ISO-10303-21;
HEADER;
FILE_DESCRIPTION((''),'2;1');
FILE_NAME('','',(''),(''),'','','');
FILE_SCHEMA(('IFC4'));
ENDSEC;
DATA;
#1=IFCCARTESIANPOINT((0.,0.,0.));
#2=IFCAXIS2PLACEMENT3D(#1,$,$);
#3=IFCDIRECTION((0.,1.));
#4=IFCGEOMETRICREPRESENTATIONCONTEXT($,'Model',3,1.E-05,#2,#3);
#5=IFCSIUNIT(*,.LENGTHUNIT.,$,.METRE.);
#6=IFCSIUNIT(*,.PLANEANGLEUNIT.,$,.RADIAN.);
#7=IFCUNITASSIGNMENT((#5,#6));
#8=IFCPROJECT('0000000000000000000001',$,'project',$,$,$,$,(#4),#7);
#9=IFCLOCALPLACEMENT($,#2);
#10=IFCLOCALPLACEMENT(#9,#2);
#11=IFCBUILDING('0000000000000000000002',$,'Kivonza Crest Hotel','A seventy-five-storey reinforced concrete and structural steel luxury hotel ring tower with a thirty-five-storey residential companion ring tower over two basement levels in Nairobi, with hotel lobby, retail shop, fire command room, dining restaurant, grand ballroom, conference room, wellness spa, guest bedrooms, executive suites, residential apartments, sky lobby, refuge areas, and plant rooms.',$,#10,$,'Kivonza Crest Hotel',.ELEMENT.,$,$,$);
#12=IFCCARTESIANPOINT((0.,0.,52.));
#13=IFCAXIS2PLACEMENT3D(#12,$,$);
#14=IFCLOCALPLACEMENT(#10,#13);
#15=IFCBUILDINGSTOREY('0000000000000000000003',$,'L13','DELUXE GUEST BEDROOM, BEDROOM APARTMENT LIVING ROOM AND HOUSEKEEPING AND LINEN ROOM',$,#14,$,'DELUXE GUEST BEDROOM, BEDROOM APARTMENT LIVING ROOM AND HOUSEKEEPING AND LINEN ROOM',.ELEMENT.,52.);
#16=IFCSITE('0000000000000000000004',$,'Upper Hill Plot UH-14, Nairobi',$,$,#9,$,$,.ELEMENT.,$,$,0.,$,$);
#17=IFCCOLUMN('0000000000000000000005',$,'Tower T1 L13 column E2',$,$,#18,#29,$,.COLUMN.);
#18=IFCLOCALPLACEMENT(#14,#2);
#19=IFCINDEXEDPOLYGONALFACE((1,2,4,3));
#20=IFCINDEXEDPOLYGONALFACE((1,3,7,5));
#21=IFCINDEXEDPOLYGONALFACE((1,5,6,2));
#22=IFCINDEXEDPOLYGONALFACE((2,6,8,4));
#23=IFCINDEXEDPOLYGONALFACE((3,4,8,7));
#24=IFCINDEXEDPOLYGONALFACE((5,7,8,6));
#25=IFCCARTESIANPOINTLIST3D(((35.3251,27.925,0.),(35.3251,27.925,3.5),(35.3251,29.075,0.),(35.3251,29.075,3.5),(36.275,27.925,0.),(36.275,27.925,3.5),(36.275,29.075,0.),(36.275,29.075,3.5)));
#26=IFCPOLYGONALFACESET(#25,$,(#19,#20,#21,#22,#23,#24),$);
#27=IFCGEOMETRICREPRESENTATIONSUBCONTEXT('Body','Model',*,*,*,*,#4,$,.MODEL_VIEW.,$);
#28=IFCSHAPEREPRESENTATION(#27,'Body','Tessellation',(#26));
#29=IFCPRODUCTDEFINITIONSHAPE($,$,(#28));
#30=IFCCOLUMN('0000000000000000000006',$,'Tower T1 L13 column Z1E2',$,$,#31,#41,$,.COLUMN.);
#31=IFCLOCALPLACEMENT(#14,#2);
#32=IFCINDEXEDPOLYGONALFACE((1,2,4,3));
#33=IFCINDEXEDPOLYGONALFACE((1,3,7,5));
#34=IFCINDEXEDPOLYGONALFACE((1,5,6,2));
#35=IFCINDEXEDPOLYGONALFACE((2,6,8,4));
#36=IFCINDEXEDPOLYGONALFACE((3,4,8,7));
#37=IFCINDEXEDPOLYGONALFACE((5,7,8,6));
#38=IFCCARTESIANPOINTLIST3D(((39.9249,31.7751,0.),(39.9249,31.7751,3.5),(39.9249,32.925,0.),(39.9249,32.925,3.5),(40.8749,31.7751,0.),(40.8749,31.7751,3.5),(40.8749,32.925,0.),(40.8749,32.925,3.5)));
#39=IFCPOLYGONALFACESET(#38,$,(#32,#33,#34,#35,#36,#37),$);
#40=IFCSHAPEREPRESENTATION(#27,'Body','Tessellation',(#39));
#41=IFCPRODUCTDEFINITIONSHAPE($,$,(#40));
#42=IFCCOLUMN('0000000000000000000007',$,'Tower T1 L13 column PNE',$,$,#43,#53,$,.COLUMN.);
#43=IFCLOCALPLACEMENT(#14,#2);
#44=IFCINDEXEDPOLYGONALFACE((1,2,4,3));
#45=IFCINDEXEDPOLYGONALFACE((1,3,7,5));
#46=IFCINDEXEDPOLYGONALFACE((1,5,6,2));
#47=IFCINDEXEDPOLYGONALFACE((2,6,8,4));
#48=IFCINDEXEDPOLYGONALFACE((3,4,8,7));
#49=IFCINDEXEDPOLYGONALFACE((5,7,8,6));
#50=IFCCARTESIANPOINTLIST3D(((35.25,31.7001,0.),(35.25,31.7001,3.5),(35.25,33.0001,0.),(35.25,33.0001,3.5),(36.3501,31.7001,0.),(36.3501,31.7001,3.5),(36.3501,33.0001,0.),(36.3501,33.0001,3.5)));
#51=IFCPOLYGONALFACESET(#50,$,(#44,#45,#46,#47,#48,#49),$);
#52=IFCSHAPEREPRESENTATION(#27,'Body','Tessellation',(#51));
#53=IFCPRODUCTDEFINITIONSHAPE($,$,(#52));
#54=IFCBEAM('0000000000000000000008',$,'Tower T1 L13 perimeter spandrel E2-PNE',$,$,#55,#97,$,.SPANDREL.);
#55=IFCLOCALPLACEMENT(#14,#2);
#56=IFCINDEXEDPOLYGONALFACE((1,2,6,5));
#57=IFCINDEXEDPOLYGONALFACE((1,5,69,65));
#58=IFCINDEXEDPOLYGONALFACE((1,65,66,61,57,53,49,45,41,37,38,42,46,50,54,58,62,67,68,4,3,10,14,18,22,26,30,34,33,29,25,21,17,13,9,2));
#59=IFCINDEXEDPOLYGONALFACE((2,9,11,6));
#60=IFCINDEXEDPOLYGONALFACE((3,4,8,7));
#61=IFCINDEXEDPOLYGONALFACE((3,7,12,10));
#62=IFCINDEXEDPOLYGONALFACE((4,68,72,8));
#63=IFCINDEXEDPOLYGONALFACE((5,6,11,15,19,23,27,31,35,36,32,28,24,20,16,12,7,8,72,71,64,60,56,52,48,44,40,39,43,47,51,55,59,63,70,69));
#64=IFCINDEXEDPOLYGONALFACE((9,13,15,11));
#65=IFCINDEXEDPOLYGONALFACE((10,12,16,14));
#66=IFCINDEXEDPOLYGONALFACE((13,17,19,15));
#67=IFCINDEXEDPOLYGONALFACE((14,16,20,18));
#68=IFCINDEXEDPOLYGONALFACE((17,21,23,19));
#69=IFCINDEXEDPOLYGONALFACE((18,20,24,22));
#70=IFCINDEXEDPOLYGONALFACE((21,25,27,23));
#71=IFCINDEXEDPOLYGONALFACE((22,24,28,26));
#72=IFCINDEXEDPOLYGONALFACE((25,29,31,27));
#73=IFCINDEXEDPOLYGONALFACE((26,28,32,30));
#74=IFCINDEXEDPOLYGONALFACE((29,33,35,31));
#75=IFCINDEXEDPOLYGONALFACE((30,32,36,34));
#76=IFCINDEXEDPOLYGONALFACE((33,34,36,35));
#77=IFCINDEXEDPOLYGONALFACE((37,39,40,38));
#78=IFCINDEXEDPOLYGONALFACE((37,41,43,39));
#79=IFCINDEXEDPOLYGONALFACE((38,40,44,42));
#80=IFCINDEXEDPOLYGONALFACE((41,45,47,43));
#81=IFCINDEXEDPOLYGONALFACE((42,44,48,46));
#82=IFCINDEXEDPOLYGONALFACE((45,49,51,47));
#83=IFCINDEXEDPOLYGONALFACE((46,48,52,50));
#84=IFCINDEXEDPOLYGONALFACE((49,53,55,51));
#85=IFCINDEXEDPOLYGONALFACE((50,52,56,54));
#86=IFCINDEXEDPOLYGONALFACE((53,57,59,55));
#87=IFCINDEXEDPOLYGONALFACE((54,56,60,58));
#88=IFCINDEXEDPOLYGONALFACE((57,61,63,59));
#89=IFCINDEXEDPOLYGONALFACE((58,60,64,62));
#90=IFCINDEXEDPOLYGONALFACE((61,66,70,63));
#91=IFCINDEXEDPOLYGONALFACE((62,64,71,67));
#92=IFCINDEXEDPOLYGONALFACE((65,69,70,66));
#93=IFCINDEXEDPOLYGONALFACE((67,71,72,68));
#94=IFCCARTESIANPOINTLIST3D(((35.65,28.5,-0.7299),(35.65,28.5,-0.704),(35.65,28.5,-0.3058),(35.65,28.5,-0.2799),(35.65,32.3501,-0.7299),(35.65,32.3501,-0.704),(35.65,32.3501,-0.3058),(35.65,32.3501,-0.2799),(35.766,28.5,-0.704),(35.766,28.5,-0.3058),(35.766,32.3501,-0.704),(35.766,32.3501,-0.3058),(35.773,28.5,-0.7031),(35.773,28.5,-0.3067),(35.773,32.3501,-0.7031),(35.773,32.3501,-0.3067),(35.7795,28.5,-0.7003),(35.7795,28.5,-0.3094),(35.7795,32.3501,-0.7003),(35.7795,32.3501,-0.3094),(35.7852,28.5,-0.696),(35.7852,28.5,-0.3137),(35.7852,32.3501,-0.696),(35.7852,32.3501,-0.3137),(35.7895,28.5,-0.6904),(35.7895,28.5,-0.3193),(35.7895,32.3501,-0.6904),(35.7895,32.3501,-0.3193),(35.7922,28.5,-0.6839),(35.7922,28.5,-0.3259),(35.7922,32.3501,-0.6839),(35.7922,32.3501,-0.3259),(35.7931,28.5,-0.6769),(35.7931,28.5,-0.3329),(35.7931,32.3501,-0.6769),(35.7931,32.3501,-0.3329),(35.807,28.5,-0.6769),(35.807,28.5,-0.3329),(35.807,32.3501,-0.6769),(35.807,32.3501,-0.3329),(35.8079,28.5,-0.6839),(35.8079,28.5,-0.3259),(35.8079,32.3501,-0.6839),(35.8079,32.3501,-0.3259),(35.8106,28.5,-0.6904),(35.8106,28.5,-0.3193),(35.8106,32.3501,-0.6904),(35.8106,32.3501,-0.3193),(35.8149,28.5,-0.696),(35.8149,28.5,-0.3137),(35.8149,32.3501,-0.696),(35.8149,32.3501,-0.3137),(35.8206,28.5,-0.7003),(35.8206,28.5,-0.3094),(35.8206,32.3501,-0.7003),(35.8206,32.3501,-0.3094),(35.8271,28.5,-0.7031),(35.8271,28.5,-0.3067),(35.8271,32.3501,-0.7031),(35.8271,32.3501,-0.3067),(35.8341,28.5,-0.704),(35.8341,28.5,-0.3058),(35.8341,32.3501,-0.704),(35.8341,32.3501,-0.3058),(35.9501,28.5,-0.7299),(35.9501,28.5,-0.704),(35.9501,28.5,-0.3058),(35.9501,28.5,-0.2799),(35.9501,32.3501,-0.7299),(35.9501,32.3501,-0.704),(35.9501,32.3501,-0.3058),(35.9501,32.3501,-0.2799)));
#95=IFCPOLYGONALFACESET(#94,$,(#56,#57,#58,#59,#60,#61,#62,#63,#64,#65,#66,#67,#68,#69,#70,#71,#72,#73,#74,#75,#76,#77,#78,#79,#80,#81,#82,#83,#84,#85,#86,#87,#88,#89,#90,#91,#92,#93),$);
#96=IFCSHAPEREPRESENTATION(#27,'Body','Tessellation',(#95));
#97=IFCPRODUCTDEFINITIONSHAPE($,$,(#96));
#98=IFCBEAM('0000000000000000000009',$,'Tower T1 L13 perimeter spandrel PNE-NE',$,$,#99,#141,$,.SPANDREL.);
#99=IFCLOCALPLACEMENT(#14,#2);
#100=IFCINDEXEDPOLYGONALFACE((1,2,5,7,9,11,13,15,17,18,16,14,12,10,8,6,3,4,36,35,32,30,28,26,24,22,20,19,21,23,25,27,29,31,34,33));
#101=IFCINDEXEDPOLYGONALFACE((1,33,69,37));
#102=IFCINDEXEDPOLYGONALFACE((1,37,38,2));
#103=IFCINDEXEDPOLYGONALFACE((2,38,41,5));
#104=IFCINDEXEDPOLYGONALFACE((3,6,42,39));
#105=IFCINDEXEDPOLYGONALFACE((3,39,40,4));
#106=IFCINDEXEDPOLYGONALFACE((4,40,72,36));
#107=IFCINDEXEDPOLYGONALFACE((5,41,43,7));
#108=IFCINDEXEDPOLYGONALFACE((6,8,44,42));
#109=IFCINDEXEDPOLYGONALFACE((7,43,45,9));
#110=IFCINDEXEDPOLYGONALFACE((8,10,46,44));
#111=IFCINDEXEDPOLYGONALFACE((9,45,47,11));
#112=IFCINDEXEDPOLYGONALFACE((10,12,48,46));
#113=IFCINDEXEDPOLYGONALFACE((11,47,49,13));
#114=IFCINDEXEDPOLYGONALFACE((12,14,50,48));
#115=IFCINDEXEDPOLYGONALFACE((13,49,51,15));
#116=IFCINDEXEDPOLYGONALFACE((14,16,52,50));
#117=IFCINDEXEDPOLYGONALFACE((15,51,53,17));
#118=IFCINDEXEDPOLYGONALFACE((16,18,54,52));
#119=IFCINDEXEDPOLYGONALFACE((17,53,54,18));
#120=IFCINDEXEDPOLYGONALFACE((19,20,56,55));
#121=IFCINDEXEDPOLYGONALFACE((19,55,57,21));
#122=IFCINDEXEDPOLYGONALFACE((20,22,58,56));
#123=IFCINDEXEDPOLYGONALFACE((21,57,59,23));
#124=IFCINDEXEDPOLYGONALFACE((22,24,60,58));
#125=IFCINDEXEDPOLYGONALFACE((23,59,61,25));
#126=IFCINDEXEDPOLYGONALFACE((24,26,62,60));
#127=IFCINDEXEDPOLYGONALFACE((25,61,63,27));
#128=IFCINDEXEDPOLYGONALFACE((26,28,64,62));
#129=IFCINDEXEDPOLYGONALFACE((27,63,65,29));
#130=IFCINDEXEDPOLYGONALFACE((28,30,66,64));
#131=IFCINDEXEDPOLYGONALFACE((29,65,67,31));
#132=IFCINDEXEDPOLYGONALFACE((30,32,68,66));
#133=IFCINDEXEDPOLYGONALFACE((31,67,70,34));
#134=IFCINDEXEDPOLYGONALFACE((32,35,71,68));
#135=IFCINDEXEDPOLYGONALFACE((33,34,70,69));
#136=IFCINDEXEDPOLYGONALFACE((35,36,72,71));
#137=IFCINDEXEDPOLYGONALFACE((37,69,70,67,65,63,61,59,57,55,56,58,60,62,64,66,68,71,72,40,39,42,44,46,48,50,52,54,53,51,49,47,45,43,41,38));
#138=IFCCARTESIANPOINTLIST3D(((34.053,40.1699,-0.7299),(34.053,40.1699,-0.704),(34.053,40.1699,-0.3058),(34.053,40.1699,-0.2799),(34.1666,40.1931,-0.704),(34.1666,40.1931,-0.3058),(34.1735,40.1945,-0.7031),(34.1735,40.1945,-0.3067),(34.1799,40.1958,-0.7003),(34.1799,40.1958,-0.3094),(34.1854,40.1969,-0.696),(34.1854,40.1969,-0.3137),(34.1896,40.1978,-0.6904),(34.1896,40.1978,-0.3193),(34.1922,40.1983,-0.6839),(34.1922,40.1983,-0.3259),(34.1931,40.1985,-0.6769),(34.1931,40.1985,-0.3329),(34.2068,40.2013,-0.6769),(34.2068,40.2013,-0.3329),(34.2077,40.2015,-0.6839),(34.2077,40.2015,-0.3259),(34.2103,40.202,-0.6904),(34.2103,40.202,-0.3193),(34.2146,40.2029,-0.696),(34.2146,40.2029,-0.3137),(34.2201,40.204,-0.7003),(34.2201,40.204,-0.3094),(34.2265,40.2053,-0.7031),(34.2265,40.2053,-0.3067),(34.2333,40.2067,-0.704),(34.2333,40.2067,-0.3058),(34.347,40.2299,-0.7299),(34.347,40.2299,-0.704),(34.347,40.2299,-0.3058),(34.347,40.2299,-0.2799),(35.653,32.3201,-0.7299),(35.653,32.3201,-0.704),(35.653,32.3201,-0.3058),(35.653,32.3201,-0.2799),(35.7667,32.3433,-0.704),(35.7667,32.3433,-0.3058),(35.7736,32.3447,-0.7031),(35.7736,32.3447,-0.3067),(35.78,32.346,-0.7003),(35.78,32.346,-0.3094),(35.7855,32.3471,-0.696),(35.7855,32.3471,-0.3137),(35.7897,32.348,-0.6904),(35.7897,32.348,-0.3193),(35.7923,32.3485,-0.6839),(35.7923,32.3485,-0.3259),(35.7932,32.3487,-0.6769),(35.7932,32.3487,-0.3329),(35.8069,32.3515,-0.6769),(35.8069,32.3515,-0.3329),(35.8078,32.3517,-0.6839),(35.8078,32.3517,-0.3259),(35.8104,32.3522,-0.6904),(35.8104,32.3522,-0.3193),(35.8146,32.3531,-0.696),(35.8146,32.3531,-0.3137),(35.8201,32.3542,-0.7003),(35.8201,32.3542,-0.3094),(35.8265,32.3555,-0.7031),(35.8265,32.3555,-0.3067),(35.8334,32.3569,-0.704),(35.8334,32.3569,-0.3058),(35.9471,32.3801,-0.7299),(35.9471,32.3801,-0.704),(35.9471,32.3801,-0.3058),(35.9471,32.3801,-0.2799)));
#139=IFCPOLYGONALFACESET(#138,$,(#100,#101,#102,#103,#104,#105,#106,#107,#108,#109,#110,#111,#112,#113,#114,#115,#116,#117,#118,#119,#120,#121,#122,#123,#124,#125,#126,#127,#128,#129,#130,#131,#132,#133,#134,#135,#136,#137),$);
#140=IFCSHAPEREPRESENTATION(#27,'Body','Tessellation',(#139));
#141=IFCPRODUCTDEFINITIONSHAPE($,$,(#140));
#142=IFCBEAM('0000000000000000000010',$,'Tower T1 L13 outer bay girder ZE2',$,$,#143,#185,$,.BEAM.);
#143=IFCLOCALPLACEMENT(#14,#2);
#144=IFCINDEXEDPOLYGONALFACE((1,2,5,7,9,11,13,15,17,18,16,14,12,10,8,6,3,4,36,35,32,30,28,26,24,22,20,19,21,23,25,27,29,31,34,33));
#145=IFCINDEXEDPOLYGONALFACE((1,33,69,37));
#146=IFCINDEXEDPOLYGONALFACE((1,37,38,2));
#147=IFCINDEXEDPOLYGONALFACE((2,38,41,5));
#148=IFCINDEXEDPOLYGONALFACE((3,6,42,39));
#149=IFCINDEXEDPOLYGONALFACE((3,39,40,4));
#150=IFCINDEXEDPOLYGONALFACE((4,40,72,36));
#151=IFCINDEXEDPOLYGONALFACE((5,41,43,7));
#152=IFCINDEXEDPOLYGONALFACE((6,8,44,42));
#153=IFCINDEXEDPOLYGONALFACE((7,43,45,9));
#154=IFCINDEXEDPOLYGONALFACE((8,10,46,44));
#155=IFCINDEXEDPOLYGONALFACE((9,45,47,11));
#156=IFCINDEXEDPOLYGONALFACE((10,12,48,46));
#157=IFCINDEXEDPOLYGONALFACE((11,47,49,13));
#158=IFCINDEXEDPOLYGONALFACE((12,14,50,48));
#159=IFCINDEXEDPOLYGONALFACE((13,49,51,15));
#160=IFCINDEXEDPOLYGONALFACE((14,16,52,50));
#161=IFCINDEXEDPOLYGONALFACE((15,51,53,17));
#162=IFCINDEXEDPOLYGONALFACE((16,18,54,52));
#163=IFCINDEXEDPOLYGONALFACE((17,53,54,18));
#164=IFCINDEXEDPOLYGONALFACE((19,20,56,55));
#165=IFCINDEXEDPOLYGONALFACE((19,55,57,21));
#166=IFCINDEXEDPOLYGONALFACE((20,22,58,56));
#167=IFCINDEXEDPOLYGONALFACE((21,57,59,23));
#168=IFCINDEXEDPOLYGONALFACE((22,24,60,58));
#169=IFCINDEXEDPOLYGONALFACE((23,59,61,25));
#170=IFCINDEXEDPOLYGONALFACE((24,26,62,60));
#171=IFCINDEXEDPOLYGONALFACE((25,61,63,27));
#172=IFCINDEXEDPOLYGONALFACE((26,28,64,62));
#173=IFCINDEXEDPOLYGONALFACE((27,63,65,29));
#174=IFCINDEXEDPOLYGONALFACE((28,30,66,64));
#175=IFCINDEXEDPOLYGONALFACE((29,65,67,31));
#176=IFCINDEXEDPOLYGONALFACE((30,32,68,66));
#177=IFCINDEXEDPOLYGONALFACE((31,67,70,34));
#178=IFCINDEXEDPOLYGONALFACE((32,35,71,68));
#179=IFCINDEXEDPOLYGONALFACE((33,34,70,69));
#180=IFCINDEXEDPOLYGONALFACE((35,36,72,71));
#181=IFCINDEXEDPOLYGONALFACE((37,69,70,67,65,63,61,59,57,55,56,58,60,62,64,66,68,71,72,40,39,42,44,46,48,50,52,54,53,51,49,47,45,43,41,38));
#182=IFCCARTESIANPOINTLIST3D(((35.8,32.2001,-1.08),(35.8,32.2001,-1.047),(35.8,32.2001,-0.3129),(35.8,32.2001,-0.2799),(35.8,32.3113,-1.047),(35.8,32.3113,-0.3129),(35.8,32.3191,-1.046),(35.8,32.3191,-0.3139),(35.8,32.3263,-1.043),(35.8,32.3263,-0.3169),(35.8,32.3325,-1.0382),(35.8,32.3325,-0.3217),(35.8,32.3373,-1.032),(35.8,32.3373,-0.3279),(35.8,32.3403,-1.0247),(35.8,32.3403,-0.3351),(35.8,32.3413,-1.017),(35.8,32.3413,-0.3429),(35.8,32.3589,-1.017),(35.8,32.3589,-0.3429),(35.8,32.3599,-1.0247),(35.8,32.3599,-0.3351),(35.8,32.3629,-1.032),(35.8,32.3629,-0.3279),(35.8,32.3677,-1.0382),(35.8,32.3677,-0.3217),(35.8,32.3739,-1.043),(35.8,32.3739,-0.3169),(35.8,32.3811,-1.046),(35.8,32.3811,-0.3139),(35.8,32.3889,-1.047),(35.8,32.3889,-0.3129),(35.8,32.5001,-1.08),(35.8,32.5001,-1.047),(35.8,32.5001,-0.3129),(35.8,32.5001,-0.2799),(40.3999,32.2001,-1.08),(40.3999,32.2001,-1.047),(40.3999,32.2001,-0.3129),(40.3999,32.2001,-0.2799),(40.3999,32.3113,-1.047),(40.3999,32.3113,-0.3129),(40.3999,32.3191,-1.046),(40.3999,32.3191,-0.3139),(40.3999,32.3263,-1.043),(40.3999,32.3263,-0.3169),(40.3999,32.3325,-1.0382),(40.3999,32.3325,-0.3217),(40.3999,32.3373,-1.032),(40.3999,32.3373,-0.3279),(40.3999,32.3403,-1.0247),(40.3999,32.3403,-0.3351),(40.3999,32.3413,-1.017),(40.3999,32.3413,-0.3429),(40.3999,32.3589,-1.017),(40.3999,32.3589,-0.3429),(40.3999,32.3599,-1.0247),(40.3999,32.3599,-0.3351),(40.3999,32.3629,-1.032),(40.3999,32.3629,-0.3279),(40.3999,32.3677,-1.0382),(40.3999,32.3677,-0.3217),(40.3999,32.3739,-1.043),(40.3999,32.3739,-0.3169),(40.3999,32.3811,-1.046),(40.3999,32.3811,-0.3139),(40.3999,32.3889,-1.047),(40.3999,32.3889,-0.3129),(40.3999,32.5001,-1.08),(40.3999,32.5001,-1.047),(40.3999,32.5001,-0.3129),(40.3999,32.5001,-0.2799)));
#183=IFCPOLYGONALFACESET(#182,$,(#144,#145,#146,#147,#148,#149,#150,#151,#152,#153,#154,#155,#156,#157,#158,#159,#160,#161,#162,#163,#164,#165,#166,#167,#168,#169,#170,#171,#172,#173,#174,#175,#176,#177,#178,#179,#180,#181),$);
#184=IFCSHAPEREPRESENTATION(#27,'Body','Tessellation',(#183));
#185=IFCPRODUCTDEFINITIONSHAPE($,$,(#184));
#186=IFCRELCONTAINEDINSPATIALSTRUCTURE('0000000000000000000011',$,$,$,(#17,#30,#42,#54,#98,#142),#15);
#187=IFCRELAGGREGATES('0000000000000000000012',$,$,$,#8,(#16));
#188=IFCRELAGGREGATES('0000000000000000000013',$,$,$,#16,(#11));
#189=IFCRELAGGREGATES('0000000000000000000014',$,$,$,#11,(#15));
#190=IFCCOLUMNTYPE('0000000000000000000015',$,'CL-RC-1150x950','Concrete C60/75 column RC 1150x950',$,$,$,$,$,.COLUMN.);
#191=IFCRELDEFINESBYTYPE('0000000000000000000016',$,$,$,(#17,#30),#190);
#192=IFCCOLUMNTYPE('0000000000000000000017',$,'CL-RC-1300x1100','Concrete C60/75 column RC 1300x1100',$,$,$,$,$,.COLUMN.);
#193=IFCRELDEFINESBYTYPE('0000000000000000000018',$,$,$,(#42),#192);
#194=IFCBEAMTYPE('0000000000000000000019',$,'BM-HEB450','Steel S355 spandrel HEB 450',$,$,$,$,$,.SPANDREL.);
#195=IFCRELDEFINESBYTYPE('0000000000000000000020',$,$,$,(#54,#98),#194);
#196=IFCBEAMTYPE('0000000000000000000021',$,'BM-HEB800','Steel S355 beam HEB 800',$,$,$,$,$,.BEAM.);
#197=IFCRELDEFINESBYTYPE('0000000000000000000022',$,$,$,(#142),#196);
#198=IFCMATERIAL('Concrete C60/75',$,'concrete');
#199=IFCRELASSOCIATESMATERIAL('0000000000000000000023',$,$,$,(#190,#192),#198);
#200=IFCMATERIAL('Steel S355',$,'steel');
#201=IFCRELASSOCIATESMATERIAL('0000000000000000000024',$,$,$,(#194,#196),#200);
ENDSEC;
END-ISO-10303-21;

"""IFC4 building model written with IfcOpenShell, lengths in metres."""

from ifc_helpers import new_model, si_unit, direction, frame, origin, origin_2d, place, context, subcontext, project, spatial, rectangle, i_section, extrude, material, material_profile, profile_set, type_object, element, save


model = new_model("IFC4")

# Units and contexts
model_context = context("Model", 3, precision=1e-05, world=origin(), true_north=direction((0.0, 1.0)))
body_context = subcontext(model_context, "Body", "Model", "MODEL_VIEW")
ifc_project = project(units=[si_unit("LENGTHUNIT", "METRE"), si_unit("PLANEANGLEUNIT", "RADIAN")], contexts=[model_context])

# Site, building, storey
site_placement = place(None, origin())
site = spatial("IfcSite", under=ifc_project, at=site_placement, Name="Upper Hill Plot UH-14, Nairobi", CompositionType="ELEMENT", RefElevation=0.0)
building_placement = place(site_placement, origin())
building = spatial("IfcBuilding", under=site, at=building_placement, Name="Kivonza Crest Hotel", Description="A seventy-five-storey reinforced concrete and structural steel luxury hotel ring tower with a thirty-five-storey residential companion ring tower over two basement levels in Nairobi, with hotel lobby, retail shop, fire command room, dining restaurant, grand ballroom, conference room, wellness spa, guest bedrooms, executive suites, residential apartments, sky lobby, refuge areas, and plant rooms.", LongName="Kivonza Crest Hotel", CompositionType="ELEMENT")
storey_placement = place(building_placement, frame((0.0, 0.0, 52.0)))
storey = spatial("IfcBuildingStorey", under=building, at=storey_placement, Name="L13", Description="DELUXE GUEST BEDROOM, BEDROOM APARTMENT LIVING ROOM AND HOUSEKEEPING AND LINEN ROOM", LongName="DELUXE GUEST BEDROOM, BEDROOM APARTMENT LIVING ROOM AND HOUSEKEEPING AND LINEN ROOM", CompositionType="ELEMENT", Elevation=52.0)

# Columns
ifc_material_1 = material(Name="Concrete C60/75", Category="concrete")
ifc_material_profile_1 = material_profile(ifc_material_1, rectangle(XDim=0.95, YDim=1.1499, at=origin_2d()), Name="RC 1150x950")
ifc_profile_set_1 = profile_set([ifc_material_profile_1], Name="Concrete C60/75")
column_type_1 = type_object("IfcColumnType", Name="CL-RC-1150x950", Description="Concrete C60/75 column RC 1150x950", PredefinedType="COLUMN", material=ifc_profile_set_1)
for number, where, z_axis, x_axis, name in (
    (1, (35.8, 28.5, 0.0), (0.0, 0.0, 1.0), (1.0, 0.0, 0.0), "Tower T1 L13 column E2"),
    (2, (40.3999, 32.3501, 0.0), (0.0, 0.0, 1.0), (1.0, 0.0, 0.0), "Tower T1 L13 column Z1E2"),
):
    element("IfcColumn", number, at=place(storey_placement, frame(where, z_axis=z_axis, x_axis=x_axis)), inside=storey, type_object=column_type_1, Name=name, PredefinedType="COLUMN", context=body_context, shape_type="SweptSolid", body=[
        extrude(rectangle(XDim=0.95, YDim=1.1499, at=origin_2d()), origin(), (0.0, 0.0, 1.0), 3.5),
    ])
ifc_material_profile_2 = material_profile(ifc_material_1, rectangle(XDim=1.1001, YDim=1.3, at=origin_2d()), Name="RC 1300x1100")
ifc_profile_set_2 = profile_set([ifc_material_profile_2], Name="Concrete C60/75")
column_type_2 = type_object("IfcColumnType", Name="CL-RC-1300x1100", Description="Concrete C60/75 column RC 1300x1100", PredefinedType="COLUMN", material=ifc_profile_set_2)
column_placement = place(storey_placement, frame((35.8, 32.3501, 0.0), z_axis=(0.0, 0.0, 1.0), x_axis=(1.0, 0.0, 0.0)))
element("IfcColumn", 3, at=column_placement, inside=storey, type_object=column_type_2, Name="Tower T1 L13 column PNE", PredefinedType="COLUMN", context=body_context, shape_type="SweptSolid", body=[
    extrude(rectangle(XDim=1.1001, YDim=1.3, at=origin_2d()), origin(), (0.0, 0.0, 1.0), 3.5),
])

# Beams
ifc_material_2 = material(Name="Steel S355", Category="steel")
ifc_material_profile_3 = material_profile(ifc_material_2, i_section(OverallWidth=0.3, OverallDepth=0.45, WebThickness=0.0139, FlangeThickness=0.0259, FilletRadius=0.0271, at=origin_2d()), Name="HEB 450")
ifc_profile_set_3 = profile_set([ifc_material_profile_3], Name="Steel S355")
beam_type_1 = type_object("IfcBeamType", Name="BM-HEB450", Description="Steel S355 spandrel HEB 450", PredefinedType="SPANDREL", material=ifc_profile_set_3)
beam_1_placement = place(storey_placement, frame((35.8, 28.5, -0.5049), z_axis=(0.0, 1.0, 0.0), x_axis=(-1.0, 0.0, 0.0)))
element("IfcBeam", 4, at=beam_1_placement, inside=storey, type_object=beam_type_1, Name="Tower T1 L13 perimeter spandrel E2-PNE", PredefinedType="SPANDREL", context=body_context, shape_type="SweptSolid", body=[
    extrude(i_section(OverallWidth=0.3, OverallDepth=0.45, WebThickness=0.0139, FlangeThickness=0.0259, FilletRadius=0.0271, at=origin_2d()), origin(), (0.0, 0.0, 1.0), 3.8501),
])
beam_2_placement = place(storey_placement, frame((35.8, 32.3501, -0.5049), z_axis=(-0.199731, 0.979851, 0.0), x_axis=(-0.979851, -0.199731, 0.0)))
element("IfcBeam", 5, at=beam_2_placement, inside=storey, type_object=beam_type_1, Name="Tower T1 L13 perimeter spandrel PNE-NE", PredefinedType="SPANDREL", context=body_context, shape_type="SweptSolid", body=[
    extrude(i_section(OverallWidth=0.3, OverallDepth=0.45, WebThickness=0.0139, FlangeThickness=0.0259, FilletRadius=0.0271, at=origin_2d()), origin(), (0.0, 0.0, 1.0), 8.0112),
])
ifc_material_profile_4 = material_profile(ifc_material_2, i_section(OverallWidth=0.3, OverallDepth=0.8, WebThickness=0.0176, FlangeThickness=0.033, FilletRadius=0.03, at=origin_2d()), Name="HEB 800")
ifc_profile_set_4 = profile_set([ifc_material_profile_4], Name="Steel S355")
beam_type_2 = type_object("IfcBeamType", Name="BM-HEB800", Description="Steel S355 beam HEB 800", PredefinedType="BEAM", material=ifc_profile_set_4)
beam_3_placement = place(storey_placement, frame((40.3999, 32.3501, -0.6799), z_axis=(-1.0, 0.0, 0.0), x_axis=(0.0, -1.0, 0.0)))
element("IfcBeam", 6, at=beam_3_placement, inside=storey, type_object=beam_type_2, Name="Tower T1 L13 outer bay girder ZE2", PredefinedType="BEAM", context=body_context, shape_type="SweptSolid", body=[
    extrude(i_section(OverallWidth=0.3, OverallDepth=0.8, WebThickness=0.0176, FlangeThickness=0.033, FilletRadius=0.03, at=origin_2d()), origin(), (0.0, 0.0, 1.0), 4.5999),
])

save(model, "model.ifc")
